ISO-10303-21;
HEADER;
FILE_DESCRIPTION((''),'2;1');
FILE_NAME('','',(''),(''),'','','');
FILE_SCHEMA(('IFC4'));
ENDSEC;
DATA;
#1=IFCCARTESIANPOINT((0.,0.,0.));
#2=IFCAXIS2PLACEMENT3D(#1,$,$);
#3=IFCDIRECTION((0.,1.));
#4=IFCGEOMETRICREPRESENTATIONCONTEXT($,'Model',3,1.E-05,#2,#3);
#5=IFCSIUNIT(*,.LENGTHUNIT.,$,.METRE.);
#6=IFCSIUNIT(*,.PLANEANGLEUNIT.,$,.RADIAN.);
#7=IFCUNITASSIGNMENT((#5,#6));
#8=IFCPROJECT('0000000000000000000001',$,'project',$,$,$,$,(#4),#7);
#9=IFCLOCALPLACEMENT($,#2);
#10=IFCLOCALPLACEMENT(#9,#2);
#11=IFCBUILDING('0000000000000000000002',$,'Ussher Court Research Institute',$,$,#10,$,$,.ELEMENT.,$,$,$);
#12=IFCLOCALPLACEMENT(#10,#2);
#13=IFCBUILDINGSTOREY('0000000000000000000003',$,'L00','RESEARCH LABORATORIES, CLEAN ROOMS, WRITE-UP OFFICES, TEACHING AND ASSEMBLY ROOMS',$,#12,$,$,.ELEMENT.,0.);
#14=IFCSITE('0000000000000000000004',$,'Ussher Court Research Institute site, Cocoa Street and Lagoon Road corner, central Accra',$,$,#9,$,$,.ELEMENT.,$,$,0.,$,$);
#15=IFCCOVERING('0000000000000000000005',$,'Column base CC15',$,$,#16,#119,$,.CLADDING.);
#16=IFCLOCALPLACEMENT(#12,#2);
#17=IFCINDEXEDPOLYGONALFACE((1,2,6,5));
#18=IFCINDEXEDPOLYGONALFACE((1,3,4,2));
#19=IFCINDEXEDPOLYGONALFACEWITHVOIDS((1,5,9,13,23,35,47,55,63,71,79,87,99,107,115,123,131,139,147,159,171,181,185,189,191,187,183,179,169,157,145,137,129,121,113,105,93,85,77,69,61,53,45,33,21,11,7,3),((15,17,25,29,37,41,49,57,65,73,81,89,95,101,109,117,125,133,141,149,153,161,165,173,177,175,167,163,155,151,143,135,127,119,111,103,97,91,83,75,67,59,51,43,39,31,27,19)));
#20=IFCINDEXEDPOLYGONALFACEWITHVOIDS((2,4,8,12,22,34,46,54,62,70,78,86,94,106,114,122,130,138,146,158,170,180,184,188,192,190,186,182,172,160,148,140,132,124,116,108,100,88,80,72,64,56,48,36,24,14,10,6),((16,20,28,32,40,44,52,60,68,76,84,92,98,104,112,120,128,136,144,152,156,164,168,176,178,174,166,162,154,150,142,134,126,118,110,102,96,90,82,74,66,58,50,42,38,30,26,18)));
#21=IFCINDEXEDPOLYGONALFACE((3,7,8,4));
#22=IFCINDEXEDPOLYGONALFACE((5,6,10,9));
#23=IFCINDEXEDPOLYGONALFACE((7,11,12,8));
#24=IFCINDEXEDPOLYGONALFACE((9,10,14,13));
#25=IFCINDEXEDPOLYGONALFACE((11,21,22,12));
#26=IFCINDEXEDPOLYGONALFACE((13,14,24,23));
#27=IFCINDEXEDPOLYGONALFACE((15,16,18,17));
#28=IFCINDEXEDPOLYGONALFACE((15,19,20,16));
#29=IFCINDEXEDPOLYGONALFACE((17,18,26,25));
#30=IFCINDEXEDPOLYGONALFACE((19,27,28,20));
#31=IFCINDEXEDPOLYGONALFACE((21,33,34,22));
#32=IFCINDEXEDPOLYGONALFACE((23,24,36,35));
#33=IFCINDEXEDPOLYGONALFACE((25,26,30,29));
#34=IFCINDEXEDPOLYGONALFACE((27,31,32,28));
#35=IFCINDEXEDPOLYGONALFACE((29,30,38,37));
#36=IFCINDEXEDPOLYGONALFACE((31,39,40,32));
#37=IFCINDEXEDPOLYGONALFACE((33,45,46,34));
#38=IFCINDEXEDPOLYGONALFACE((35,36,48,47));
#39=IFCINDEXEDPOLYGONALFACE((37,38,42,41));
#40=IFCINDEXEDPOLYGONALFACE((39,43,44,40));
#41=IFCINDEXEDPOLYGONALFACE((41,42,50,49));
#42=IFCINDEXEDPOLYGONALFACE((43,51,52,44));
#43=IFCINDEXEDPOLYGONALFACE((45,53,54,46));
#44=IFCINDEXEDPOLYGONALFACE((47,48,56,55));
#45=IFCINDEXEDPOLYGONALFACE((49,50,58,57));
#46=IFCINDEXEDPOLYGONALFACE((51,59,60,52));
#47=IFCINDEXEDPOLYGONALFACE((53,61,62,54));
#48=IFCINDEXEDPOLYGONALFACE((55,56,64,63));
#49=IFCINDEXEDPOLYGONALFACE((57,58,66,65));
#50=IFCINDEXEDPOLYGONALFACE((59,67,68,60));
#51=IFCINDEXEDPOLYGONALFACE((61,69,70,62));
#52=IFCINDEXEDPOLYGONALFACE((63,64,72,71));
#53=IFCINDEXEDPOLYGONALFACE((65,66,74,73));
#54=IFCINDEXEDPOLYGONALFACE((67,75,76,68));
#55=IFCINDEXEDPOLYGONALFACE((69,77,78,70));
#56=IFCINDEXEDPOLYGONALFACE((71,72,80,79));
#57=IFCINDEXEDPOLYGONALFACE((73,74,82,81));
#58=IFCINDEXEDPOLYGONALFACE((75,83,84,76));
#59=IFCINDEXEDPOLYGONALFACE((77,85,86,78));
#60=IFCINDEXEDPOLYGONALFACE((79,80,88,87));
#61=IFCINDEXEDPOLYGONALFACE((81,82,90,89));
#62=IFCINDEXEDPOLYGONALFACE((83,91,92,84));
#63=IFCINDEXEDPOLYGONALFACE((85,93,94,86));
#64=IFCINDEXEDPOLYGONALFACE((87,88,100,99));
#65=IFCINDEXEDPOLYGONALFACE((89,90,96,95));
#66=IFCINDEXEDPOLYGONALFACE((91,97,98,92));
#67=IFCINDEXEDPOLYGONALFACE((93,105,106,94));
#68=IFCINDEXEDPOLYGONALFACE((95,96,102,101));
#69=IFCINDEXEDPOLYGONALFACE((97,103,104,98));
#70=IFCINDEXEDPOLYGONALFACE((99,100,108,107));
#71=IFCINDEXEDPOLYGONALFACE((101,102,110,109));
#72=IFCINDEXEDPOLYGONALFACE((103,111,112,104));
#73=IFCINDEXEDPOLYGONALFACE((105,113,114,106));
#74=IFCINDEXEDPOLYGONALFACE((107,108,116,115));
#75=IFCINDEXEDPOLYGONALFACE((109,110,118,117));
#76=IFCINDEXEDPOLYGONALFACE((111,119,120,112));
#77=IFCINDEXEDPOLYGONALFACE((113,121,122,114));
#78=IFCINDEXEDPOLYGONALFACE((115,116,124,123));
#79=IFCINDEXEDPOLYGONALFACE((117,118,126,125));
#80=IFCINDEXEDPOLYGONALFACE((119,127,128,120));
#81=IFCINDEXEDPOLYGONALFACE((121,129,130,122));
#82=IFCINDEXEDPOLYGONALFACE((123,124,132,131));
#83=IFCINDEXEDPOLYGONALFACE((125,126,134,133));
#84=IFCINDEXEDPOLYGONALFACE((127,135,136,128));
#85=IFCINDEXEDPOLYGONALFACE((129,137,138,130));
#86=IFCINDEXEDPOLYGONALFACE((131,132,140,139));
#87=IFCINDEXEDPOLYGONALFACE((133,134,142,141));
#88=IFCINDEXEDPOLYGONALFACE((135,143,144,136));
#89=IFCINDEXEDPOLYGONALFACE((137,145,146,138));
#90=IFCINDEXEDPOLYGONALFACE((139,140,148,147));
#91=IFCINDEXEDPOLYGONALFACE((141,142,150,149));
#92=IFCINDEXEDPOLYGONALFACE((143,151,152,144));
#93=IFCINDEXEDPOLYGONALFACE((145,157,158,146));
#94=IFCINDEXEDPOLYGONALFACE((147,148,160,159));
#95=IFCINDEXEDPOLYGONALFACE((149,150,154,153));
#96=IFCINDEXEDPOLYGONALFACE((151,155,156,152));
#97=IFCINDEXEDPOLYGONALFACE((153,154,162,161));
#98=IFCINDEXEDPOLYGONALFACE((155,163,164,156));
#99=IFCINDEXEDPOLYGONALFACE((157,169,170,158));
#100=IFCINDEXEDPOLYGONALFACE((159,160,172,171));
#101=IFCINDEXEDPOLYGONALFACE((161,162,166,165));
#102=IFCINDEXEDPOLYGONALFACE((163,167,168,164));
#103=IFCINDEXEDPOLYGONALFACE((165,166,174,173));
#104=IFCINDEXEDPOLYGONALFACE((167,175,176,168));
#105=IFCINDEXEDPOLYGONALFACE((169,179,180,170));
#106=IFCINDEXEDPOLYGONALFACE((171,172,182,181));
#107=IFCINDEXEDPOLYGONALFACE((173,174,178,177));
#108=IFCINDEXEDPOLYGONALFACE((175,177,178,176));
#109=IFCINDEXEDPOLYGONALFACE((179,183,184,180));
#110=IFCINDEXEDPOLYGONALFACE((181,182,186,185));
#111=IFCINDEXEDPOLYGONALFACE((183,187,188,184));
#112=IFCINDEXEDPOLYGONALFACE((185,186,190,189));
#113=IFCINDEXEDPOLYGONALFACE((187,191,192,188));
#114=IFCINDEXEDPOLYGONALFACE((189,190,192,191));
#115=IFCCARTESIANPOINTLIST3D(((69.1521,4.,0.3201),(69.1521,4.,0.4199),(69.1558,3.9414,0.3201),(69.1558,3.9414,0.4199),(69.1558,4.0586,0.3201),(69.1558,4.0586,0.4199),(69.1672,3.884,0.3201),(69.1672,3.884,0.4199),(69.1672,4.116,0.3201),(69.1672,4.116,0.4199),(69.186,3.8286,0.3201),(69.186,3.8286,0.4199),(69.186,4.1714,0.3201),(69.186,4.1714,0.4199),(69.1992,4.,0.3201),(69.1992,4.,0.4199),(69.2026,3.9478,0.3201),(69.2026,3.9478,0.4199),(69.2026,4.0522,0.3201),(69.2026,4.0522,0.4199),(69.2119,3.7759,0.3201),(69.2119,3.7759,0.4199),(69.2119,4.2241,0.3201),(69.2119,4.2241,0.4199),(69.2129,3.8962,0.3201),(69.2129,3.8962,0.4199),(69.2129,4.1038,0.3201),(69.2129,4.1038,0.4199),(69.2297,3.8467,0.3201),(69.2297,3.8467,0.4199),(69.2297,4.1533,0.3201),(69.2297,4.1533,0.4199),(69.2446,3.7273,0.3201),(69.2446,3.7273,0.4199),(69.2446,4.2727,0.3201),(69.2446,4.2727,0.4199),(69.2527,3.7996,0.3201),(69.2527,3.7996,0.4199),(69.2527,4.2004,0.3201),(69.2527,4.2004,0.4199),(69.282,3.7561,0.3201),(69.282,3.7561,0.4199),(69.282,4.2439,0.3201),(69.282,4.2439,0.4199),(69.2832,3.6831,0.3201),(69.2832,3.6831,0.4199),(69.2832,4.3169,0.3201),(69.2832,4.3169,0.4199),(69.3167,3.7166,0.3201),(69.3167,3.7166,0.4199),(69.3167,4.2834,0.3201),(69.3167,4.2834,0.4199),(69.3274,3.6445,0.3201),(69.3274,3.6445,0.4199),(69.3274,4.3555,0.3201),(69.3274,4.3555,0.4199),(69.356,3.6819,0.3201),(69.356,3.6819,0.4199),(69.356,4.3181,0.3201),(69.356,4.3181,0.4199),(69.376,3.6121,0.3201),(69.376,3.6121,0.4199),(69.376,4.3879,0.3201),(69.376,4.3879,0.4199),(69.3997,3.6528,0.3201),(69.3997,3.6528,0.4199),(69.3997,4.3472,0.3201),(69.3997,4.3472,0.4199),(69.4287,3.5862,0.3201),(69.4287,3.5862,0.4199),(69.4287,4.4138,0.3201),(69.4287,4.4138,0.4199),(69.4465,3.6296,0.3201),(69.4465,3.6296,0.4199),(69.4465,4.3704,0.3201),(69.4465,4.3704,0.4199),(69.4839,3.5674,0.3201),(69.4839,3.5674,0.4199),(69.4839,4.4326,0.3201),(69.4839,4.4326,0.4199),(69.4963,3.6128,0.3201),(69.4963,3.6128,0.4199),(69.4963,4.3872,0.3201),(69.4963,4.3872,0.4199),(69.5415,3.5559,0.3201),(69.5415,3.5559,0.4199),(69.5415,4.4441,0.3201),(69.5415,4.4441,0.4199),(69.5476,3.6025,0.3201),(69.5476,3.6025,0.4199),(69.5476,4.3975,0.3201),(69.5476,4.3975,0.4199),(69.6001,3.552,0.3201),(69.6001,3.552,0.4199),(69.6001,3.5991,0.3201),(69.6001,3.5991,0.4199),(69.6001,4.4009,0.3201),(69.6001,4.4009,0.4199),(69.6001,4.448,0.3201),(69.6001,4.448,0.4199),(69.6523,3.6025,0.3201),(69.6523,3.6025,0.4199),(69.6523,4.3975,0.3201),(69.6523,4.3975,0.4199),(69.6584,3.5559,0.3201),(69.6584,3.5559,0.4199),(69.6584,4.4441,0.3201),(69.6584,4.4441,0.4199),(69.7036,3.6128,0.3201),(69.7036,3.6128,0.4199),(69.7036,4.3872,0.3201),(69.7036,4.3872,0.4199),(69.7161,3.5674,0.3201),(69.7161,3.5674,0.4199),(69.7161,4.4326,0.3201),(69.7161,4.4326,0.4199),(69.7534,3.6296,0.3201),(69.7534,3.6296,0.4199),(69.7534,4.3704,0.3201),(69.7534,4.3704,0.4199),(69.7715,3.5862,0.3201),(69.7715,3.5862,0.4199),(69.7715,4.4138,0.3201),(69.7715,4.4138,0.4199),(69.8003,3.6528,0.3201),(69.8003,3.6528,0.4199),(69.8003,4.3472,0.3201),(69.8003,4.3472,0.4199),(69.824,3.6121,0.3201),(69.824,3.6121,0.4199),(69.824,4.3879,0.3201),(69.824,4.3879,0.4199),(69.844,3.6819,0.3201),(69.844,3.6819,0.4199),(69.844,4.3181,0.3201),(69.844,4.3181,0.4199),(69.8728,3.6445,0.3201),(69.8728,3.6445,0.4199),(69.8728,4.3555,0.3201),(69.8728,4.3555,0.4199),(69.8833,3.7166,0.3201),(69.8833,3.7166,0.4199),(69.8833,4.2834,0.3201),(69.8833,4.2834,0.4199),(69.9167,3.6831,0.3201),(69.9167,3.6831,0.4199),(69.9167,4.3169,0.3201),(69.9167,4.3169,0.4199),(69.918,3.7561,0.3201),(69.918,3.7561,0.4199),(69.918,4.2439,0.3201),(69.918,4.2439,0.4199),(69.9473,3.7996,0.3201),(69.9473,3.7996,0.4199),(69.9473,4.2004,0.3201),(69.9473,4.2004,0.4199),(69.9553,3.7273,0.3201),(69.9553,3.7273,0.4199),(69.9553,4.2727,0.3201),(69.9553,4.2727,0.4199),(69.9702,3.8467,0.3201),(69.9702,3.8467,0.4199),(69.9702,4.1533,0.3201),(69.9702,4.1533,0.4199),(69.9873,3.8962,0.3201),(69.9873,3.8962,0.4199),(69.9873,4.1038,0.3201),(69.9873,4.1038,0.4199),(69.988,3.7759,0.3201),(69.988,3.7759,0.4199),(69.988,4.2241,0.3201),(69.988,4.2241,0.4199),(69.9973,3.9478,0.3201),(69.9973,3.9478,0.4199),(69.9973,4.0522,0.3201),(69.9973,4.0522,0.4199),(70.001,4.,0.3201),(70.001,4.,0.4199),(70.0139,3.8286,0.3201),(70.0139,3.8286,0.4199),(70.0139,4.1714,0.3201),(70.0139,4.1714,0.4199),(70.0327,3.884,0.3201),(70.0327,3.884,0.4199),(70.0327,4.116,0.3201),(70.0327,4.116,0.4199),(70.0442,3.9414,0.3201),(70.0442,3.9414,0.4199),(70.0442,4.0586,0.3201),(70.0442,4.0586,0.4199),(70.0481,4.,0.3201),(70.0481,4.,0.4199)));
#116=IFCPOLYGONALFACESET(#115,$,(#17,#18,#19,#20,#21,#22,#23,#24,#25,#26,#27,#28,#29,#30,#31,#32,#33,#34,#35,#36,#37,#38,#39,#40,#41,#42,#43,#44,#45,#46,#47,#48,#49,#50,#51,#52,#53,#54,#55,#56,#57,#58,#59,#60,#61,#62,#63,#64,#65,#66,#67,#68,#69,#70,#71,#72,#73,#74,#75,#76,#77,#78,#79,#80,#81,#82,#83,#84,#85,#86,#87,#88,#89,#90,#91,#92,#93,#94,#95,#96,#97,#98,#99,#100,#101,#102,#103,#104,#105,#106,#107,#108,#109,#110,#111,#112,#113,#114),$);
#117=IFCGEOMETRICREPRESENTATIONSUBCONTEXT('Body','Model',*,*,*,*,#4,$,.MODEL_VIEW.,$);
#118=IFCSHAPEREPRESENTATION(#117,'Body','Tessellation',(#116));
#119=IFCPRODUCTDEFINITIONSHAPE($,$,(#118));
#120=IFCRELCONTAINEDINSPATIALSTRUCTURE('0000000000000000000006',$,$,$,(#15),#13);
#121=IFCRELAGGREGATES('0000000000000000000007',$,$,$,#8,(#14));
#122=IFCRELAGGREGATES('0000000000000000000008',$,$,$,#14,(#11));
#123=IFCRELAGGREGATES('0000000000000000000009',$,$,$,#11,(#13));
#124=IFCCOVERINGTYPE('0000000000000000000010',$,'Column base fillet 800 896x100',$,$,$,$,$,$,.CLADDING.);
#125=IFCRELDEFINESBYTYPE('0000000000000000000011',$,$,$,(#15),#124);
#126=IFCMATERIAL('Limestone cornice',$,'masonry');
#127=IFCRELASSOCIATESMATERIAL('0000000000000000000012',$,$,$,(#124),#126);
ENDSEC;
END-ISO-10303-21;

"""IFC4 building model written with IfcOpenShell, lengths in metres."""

from ifc_helpers import new_model, si_unit, direction, frame, origin, place, context, subcontext, project, spatial, polyline, outline, extrude, material, type_object, element, save


model = new_model("IFC4")

# Units and contexts
model_context = context("Model", 3, precision=1e-05, world=origin(), true_north=direction((0.0, 1.0)))
body_context = subcontext(model_context, "Body", "Model", "MODEL_VIEW")
ifc_project = project(units=[si_unit("LENGTHUNIT", "METRE"), si_unit("PLANEANGLEUNIT", "RADIAN")], contexts=[model_context])

# Site, building, storey
site_placement = place(None, origin())
site = spatial("IfcSite", under=ifc_project, at=site_placement, Name="Ussher Court Research Institute site, Cocoa Street and Lagoon Road corner, central Accra", CompositionType="ELEMENT", RefElevation=0.0)
building_placement = place(site_placement, origin())
building = spatial("IfcBuilding", under=site, at=building_placement, Name="Ussher Court Research Institute", CompositionType="ELEMENT")
storey_placement = place(building_placement, origin())
storey = spatial("IfcBuildingStorey", under=building, at=storey_placement, Name="L00", Description="RESEARCH LABORATORIES, CLEAN ROOMS, WRITE-UP OFFICES, TEACHING AND ASSEMBLY ROOMS", CompositionType="ELEMENT", Elevation=0.0)

# Covering
ifc_material_1 = material(Name="Limestone cornice", Category="masonry")
covering_type_1 = type_object("IfcCoveringType", Name="Column base fillet 800 896x100", PredefinedType="CLADDING", material=ifc_material_1)
covering_1_placement = place(storey_placement, frame((0.0, 0.0, 0.3201)))
element("IfcCovering", 1, at=covering_1_placement, inside=storey, type_object=covering_type_1, Name="Column base CC15", PredefinedType="CLADDING", context=body_context, shape_type="SweptSolid", body=[
    extrude(outline(polyline([(70.0481, 4.0), (70.0442, 4.0586), (70.0327, 4.116), (70.0139, 4.1714), (69.988, 4.2241), (69.9553, 4.2727), (69.9167, 4.3169), (69.8728, 4.3555), (69.824, 4.3879), (69.7715, 4.4138), (69.7161, 4.4326), (69.6584, 4.4441), (69.6001, 4.448), (69.5415, 4.4441), (69.4839, 4.4326), (69.4287, 4.4138), (69.376, 4.3879), (69.3274, 4.3555), (69.2832, 4.3169), (69.2446, 4.2727), (69.2119, 4.2241), (69.186, 4.1714), (69.1672, 4.116), (69.1558, 4.0586), (69.1521, 4.0), (69.1558, 3.9414), (69.1672, 3.884), (69.186, 3.8286), (69.2119, 3.7759), (69.2446, 3.7273), (69.2832, 3.6831), (69.3274, 3.6445), (69.376, 3.6121), (69.4287, 3.5862), (69.4839, 3.5674), (69.5415, 3.5559), (69.6001, 3.552), (69.6584, 3.5559), (69.7161, 3.5674), (69.7715, 3.5862), (69.824, 3.6121), (69.8728, 3.6445), (69.9167, 3.6831), (69.9553, 3.7273), (69.988, 3.7759), (70.0139, 3.8286), (70.0327, 3.884), (70.0442, 3.9414), (70.0481, 4.0)]), holes=[polyline([(70.001, 4.0), (69.9973, 4.0522), (69.9873, 4.1038), (69.9702, 4.1533), (69.9473, 4.2004), (69.918, 4.2439), (69.8833, 4.2834), (69.844, 4.3181), (69.8003, 4.3472), (69.7534, 4.3704), (69.7036, 4.3872), (69.6523, 4.3975), (69.6001, 4.4009), (69.5476, 4.3975), (69.4963, 4.3872), (69.4465, 4.3704), (69.3997, 4.3472), (69.356, 4.3181), (69.3167, 4.2834), (69.282, 4.2439), (69.2527, 4.2004), (69.2297, 4.1533), (69.2129, 4.1038), (69.2026, 4.0522), (69.1992, 4.0), (69.2026, 3.9478), (69.2129, 3.8962), (69.2297, 3.8467), (69.2527, 3.7996), (69.282, 3.7561), (69.3167, 3.7166), (69.356, 3.6819), (69.3997, 3.6528), (69.4465, 3.6296), (69.4963, 3.6128), (69.5476, 3.6025), (69.6001, 3.5991), (69.6523, 3.6025), (69.7036, 3.6128), (69.7534, 3.6296), (69.8003, 3.6528), (69.844, 3.6819), (69.8833, 3.7166), (69.918, 3.7561), (69.9473, 3.7996), (69.9702, 3.8467), (69.9873, 3.8962), (69.9973, 3.9478), (70.001, 4.0)])]), origin(), (0.0, 0.0, 1.0), 0.0999),
])

save(model, "model.ifc")
